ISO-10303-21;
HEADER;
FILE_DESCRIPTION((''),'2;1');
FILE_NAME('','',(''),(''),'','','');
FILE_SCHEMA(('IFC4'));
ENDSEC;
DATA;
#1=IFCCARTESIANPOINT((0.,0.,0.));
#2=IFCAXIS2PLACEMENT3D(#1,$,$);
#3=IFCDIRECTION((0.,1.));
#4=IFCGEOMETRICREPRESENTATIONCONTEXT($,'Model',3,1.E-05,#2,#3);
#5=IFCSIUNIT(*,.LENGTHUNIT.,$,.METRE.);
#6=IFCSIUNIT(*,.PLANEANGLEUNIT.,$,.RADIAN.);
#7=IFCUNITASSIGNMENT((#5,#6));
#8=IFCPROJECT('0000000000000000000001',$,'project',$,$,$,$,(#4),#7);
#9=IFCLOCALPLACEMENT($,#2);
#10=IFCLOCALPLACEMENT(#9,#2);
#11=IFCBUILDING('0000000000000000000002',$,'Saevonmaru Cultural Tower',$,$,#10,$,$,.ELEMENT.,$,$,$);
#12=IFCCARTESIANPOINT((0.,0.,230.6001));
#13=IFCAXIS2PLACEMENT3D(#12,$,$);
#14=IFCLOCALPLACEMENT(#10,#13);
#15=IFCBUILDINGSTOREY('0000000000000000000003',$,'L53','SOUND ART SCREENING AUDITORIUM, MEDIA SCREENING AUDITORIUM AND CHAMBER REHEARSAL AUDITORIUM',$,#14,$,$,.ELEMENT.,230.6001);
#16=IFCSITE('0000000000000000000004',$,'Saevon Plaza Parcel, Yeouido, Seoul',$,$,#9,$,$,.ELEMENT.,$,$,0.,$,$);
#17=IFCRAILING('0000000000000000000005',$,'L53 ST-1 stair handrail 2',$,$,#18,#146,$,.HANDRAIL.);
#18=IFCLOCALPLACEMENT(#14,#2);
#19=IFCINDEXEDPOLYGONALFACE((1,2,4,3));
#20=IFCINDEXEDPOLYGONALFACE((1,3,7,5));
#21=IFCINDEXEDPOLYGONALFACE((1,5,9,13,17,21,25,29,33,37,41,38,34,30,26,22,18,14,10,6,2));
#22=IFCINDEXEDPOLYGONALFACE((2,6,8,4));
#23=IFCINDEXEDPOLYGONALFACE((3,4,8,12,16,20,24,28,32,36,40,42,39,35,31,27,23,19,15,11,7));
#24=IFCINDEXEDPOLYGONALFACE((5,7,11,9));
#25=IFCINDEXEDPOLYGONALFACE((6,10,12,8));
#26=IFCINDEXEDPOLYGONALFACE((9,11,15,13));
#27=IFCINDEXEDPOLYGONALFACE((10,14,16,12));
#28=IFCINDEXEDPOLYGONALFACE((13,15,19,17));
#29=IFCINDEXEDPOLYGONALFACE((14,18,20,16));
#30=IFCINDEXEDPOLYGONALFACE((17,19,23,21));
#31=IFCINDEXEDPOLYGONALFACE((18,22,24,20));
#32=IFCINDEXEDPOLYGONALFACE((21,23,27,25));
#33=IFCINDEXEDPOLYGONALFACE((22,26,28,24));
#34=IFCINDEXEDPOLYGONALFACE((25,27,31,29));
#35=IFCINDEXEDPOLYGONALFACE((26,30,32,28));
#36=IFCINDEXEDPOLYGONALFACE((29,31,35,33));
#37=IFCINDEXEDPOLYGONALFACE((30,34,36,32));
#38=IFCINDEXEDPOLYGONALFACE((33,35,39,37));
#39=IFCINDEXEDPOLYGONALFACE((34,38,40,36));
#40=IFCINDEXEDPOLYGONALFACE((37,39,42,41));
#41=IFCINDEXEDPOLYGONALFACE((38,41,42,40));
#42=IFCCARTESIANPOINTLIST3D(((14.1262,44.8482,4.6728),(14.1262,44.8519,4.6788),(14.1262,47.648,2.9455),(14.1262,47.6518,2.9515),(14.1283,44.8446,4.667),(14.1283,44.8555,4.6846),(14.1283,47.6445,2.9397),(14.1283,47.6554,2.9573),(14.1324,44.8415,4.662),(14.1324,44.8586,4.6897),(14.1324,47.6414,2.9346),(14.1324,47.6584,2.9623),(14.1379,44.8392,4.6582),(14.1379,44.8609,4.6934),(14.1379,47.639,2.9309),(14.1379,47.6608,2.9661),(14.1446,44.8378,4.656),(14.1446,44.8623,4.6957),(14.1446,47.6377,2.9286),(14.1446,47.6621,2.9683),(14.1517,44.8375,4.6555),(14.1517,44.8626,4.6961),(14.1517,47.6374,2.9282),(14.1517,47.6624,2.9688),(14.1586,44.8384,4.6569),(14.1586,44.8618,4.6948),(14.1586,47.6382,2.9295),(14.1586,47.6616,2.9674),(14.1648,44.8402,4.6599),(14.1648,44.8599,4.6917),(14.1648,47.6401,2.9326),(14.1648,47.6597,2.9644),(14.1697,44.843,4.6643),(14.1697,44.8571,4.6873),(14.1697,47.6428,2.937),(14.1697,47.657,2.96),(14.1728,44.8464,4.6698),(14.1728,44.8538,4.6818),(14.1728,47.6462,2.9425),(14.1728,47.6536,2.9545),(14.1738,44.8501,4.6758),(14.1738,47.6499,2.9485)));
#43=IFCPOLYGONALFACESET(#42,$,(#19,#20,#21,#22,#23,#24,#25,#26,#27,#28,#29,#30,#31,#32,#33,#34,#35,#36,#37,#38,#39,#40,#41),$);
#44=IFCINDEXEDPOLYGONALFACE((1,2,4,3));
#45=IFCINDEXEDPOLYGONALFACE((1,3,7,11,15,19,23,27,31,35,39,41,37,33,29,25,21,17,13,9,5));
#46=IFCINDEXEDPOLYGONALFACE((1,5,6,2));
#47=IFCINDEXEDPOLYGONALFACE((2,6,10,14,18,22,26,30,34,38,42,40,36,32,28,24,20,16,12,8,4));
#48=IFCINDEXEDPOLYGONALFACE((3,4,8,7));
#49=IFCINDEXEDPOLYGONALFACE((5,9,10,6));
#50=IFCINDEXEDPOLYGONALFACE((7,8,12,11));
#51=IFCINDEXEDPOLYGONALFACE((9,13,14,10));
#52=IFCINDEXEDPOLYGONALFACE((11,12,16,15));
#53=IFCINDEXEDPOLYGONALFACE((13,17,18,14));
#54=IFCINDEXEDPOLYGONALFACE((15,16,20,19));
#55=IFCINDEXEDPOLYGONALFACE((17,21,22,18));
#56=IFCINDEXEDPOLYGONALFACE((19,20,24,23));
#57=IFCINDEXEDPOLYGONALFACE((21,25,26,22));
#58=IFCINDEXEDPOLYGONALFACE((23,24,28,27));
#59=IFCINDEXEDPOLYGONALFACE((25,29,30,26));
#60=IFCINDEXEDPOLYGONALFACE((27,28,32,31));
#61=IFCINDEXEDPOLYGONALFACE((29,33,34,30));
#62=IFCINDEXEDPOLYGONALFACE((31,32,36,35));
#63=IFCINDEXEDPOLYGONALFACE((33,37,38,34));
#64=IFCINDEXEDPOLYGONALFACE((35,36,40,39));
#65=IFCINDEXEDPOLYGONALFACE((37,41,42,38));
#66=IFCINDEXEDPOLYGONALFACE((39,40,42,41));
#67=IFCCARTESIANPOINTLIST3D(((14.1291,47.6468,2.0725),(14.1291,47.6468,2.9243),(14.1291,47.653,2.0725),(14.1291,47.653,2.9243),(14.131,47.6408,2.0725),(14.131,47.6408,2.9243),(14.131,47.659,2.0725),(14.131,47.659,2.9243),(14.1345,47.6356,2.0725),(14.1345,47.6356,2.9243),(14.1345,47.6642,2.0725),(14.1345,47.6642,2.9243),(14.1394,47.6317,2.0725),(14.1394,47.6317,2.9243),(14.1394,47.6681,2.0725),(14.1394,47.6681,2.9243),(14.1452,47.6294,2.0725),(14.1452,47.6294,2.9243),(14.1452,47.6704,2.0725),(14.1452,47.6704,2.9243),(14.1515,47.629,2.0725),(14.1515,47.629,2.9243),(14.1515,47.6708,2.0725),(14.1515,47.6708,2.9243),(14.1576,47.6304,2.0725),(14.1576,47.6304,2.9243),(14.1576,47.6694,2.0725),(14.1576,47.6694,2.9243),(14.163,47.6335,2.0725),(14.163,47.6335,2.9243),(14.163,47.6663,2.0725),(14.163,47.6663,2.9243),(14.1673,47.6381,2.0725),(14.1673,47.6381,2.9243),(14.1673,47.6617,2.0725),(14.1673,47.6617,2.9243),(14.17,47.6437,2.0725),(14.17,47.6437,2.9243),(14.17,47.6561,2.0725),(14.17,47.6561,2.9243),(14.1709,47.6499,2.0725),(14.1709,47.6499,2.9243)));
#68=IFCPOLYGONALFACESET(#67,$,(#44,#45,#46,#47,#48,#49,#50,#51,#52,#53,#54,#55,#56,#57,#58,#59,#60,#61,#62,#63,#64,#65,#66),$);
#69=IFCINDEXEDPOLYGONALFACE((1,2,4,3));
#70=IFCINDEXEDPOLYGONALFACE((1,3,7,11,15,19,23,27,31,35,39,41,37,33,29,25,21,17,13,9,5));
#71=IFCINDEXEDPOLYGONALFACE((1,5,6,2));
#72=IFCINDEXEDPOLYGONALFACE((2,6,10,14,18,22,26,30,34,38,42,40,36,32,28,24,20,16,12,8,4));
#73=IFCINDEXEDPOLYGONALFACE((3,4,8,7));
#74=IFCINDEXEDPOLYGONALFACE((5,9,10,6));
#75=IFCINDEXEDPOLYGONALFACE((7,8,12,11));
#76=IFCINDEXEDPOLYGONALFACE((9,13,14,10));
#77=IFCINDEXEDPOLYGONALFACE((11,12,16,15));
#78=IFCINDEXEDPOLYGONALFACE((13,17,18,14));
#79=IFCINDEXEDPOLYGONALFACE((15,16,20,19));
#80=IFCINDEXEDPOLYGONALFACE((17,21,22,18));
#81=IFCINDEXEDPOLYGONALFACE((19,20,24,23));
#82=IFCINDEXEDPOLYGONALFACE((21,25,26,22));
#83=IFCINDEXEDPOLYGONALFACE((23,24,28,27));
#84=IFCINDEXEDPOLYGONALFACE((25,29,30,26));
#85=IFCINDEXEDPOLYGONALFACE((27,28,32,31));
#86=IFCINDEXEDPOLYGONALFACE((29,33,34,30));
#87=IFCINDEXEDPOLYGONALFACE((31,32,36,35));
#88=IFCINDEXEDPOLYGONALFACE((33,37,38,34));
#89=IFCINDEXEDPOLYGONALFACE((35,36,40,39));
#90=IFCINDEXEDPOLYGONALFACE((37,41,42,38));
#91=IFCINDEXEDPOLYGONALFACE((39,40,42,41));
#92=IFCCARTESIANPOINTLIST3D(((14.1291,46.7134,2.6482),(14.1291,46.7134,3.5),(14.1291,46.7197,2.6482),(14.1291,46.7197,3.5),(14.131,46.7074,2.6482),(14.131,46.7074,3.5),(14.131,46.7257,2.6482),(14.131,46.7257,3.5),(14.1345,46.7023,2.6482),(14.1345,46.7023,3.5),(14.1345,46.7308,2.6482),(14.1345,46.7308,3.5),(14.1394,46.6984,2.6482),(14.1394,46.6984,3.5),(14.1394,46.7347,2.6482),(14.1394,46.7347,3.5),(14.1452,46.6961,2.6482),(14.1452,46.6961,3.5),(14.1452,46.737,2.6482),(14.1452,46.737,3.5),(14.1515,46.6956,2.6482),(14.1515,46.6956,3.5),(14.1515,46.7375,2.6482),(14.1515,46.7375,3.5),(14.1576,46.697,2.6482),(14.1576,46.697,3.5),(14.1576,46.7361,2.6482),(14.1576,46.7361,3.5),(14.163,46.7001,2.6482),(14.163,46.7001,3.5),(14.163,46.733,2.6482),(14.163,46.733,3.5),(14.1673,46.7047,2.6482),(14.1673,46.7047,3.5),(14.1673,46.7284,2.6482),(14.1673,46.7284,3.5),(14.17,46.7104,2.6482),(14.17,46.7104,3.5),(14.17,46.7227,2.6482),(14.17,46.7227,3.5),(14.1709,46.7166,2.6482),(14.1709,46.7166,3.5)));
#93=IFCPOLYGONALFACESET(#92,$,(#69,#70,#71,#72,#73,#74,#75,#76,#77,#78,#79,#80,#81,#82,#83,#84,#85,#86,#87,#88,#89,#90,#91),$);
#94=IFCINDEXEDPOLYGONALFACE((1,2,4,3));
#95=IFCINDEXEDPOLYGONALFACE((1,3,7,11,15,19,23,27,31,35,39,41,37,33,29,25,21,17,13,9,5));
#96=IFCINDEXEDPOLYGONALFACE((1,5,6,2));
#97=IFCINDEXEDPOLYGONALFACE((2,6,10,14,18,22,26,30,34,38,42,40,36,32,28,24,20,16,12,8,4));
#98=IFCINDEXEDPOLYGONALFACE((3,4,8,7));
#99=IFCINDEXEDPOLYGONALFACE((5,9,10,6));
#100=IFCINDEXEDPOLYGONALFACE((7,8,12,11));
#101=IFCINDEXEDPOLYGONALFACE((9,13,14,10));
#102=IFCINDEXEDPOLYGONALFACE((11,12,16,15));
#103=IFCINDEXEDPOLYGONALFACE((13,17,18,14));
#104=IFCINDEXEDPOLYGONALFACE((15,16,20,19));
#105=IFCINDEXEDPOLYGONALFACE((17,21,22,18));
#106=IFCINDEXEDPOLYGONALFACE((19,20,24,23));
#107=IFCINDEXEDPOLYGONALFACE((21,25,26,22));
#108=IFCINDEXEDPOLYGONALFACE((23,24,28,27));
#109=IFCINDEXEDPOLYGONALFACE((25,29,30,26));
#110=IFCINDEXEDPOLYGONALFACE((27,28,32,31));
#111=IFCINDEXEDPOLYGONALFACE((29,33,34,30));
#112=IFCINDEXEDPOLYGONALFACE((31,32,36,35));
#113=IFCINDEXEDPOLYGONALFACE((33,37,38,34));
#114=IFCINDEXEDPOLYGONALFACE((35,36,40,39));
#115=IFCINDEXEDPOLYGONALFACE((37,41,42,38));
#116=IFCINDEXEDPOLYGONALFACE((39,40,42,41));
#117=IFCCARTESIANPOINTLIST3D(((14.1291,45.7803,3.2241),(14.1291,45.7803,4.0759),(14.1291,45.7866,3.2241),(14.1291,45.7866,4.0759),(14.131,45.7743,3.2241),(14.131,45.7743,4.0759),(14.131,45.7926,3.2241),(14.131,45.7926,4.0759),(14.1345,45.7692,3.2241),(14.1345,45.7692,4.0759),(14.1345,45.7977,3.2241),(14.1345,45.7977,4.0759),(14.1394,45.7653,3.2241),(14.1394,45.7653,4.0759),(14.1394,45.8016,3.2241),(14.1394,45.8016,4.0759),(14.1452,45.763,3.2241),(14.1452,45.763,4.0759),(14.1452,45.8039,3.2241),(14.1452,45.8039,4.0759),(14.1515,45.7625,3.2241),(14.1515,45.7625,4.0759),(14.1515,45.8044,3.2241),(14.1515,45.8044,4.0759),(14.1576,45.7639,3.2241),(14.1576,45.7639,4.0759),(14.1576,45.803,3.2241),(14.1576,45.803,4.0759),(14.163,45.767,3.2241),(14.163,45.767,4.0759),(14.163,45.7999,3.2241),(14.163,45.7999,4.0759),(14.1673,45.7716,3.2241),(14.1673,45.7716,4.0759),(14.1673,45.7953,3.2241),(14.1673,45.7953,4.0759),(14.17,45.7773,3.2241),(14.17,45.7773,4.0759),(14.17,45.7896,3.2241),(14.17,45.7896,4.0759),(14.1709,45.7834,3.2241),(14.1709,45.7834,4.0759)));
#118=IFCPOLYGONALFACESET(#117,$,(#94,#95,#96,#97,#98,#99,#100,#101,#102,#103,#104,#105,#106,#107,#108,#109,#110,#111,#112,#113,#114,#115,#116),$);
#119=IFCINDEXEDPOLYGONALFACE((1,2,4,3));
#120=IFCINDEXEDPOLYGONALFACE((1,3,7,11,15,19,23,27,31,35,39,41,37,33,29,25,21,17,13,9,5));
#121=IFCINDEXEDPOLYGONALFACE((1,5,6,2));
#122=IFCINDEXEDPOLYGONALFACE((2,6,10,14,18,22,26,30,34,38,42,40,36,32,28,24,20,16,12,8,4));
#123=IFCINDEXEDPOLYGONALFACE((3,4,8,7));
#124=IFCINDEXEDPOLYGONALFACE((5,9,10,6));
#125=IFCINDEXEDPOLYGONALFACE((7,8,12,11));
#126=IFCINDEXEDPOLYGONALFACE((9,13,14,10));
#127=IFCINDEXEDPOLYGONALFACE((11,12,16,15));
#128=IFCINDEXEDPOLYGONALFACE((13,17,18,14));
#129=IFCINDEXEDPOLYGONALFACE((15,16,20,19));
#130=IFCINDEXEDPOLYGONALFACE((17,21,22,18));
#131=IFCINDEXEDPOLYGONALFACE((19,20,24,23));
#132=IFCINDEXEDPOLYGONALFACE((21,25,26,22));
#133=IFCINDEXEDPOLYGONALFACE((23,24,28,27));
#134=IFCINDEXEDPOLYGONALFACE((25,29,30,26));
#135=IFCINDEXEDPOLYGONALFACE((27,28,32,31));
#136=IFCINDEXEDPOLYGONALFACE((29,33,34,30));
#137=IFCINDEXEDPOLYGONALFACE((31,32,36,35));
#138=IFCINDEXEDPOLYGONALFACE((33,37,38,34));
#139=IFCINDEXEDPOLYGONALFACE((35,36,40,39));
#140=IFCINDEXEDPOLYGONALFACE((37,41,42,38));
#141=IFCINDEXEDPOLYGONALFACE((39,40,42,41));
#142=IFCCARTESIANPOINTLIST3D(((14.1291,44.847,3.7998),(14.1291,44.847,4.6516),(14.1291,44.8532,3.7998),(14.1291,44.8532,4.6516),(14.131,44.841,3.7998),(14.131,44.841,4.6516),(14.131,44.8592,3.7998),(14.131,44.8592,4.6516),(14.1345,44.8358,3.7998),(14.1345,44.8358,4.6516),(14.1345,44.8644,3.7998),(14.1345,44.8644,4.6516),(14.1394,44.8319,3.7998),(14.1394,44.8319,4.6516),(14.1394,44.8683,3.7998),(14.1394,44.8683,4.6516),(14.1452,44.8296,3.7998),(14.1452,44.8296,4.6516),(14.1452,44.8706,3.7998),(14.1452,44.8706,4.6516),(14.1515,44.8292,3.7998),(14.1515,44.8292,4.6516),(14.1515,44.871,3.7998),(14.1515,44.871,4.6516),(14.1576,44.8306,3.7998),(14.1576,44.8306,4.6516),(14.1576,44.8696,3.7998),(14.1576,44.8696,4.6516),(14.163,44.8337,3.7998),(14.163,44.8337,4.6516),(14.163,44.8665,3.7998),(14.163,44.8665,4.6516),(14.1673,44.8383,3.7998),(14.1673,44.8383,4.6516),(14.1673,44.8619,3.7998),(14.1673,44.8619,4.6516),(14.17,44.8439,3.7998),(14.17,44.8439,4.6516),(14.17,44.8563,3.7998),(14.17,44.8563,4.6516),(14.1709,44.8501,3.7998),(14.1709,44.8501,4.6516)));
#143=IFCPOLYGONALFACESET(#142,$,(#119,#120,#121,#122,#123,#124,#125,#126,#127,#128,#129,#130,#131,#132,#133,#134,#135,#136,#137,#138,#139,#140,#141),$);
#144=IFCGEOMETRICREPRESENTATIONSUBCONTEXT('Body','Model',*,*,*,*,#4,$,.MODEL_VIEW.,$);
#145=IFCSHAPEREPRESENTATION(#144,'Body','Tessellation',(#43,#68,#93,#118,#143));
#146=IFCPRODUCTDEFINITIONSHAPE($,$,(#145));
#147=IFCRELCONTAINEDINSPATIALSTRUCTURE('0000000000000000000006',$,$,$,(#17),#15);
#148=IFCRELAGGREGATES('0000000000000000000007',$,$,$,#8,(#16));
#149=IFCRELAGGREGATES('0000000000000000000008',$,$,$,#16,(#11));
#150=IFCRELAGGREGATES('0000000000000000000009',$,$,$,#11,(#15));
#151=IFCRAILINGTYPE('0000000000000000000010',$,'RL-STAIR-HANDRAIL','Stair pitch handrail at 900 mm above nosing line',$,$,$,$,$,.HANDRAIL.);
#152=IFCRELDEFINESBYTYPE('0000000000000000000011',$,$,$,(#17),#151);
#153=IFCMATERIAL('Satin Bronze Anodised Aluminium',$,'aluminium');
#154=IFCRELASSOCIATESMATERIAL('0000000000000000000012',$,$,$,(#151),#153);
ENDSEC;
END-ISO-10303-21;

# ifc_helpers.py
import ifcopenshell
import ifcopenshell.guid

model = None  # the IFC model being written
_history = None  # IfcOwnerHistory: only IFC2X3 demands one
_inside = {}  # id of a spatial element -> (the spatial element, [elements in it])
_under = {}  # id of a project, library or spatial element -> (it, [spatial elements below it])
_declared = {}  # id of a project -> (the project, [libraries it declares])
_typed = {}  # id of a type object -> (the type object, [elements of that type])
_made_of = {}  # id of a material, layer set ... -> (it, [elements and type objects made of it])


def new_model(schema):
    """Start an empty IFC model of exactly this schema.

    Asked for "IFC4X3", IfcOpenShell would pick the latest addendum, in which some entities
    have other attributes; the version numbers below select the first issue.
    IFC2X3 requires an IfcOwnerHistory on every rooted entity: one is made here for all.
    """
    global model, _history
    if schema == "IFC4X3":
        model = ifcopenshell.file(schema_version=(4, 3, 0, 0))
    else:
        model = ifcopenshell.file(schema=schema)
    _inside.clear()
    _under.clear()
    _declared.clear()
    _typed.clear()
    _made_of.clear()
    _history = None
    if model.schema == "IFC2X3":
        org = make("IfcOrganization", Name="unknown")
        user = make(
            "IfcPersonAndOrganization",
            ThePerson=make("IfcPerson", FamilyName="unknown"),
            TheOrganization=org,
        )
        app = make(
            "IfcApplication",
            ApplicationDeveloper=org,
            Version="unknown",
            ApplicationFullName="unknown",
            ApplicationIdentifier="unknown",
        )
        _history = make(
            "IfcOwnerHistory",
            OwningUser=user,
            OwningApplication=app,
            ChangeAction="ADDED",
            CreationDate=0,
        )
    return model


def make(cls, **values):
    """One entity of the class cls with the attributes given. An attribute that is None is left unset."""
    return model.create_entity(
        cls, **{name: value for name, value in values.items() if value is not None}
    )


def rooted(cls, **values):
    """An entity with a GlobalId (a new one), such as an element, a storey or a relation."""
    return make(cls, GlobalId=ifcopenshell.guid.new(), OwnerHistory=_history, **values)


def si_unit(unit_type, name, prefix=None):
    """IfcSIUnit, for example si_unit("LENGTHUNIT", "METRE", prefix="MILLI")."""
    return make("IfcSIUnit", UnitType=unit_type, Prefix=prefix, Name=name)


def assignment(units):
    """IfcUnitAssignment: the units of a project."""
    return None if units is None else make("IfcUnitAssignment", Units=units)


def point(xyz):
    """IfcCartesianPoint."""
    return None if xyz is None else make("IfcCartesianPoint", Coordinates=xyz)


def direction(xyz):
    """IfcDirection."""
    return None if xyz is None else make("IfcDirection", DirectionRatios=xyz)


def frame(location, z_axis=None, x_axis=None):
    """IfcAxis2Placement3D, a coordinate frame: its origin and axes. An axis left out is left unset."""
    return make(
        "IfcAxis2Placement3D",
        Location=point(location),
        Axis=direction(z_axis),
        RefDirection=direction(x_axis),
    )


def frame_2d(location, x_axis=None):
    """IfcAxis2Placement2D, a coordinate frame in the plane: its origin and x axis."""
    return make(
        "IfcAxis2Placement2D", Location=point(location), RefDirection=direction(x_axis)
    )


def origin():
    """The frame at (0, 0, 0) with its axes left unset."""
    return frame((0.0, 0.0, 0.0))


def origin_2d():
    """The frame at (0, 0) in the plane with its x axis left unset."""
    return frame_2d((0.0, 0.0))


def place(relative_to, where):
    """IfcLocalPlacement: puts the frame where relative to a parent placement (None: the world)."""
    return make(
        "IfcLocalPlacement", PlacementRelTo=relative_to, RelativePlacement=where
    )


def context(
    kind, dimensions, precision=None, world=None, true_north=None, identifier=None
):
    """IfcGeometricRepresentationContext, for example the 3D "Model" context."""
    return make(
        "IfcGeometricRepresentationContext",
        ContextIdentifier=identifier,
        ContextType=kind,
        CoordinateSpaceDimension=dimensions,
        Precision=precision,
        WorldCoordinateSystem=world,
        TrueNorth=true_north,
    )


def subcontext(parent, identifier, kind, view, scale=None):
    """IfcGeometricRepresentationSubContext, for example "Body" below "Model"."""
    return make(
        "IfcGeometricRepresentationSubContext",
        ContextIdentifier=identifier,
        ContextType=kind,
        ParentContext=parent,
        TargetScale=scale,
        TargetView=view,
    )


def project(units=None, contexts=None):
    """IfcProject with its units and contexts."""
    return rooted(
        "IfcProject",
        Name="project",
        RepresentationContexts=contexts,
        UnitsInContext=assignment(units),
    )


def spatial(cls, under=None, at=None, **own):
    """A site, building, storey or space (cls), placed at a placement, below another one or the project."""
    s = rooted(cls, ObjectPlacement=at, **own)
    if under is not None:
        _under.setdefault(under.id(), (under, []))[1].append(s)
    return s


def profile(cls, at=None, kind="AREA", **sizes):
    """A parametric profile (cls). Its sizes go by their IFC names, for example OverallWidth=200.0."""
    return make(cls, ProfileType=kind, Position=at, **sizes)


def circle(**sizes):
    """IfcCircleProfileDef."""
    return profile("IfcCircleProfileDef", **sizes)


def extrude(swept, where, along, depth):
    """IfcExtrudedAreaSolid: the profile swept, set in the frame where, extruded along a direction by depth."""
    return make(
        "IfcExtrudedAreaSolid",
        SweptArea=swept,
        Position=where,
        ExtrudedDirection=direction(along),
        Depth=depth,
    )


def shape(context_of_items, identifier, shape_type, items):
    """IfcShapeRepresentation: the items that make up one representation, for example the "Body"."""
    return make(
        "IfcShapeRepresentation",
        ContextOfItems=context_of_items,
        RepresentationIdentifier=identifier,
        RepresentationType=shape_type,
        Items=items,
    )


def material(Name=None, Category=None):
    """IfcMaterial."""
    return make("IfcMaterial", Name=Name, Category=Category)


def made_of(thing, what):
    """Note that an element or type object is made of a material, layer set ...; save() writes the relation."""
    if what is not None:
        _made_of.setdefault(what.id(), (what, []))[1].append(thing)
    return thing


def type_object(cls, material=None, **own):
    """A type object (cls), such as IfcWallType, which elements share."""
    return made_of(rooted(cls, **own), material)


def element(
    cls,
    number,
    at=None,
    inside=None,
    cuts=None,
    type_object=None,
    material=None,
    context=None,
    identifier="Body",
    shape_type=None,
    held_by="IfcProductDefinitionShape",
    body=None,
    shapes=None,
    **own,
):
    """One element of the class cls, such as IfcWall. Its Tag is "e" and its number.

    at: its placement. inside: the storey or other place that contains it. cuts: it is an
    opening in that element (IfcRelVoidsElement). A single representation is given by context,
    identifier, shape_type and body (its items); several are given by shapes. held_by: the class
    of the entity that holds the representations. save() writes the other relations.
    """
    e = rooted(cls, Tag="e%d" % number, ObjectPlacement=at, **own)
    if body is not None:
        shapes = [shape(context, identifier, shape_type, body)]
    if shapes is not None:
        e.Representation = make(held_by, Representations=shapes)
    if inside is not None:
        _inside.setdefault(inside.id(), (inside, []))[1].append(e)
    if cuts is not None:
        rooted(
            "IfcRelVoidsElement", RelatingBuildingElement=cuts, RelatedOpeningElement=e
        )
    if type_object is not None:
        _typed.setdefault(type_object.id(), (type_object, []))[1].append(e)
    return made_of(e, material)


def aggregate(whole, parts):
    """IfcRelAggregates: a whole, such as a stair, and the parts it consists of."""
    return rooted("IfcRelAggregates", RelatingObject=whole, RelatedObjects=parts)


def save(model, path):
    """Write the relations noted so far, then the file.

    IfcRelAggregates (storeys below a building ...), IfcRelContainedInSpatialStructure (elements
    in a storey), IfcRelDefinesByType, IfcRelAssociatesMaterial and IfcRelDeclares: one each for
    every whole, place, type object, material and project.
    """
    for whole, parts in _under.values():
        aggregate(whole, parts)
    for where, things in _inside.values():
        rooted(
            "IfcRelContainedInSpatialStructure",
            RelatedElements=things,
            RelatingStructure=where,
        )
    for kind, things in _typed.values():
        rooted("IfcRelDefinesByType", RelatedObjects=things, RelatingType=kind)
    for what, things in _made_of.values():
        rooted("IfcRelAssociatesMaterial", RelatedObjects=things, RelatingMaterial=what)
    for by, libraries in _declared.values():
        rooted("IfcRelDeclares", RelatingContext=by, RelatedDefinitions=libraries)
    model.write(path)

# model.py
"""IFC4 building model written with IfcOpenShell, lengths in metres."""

from ifc_helpers import new_model, si_unit, direction, frame, origin, origin_2d, place, context, subcontext, project, spatial, circle, extrude, material, type_object, element, save


model = new_model("IFC4")

# Units and contexts
model_context = context("Model", 3, precision=1e-05, world=origin(), true_north=direction((0.0, 1.0)))
body_context = subcontext(model_context, "Body", "Model", "MODEL_VIEW")
ifc_project = project(units=[si_unit("LENGTHUNIT", "METRE"), si_unit("PLANEANGLEUNIT", "RADIAN")], contexts=[model_context])

# Site, building, storey
site_placement = place(None, origin())
site = spatial("IfcSite", under=ifc_project, at=site_placement, Name="Saevon Plaza Parcel, Yeouido, Seoul", CompositionType="ELEMENT", RefElevation=0.0)
building_placement = place(site_placement, origin())
building = spatial("IfcBuilding", under=site, at=building_placement, Name="Saevonmaru Cultural Tower", CompositionType="ELEMENT")
storey_placement = place(building_placement, frame((0.0, 0.0, 230.6001)))
storey = spatial("IfcBuildingStorey", under=building, at=storey_placement, Name="L53", Description="SOUND ART SCREENING AUDITORIUM, MEDIA SCREENING AUDITORIUM AND CHAMBER REHEARSAL AUDITORIUM", CompositionType="ELEMENT", Elevation=230.6001)

# Shared definitions
ifc_material_1 = material(Name="Satin Bronze Anodised Aluminium", Category="aluminium")

# Railing
railing_type_1 = type_object("IfcRailingType", Name="RL-STAIR-HANDRAIL", Description="Stair pitch handrail at 900 mm above nosing line", PredefinedType="HANDRAIL", material=ifc_material_1)
railing_1_placement = place(storey_placement, frame((14.1499, 47.6499, 2.0725)))
element("IfcRailing", 1, at=railing_1_placement, inside=storey, type_object=railing_type_1, Name="L53 ST-1 stair handrail 2", PredefinedType="HANDRAIL", context=body_context, shape_type="SweptSolid", body=[
    extrude(circle(Radius=0.0239, at=origin_2d()), frame((0.0, 0.0, 0.876), z_axis=(0.0, -0.851069, 0.525054), x_axis=(1.0, 0.0, 0.0)), (0.0, 0.0, 1.0), 3.2898),
    extrude(circle(Radius=0.021, at=origin_2d()), origin(), (0.0, 0.0, 1.0), 0.8518),
    extrude(circle(Radius=0.021, at=origin_2d()), frame((0.0, -0.9333, 0.5757)), (0.0, 0.0, 1.0), 0.8518),
    extrude(circle(Radius=0.021, at=origin_2d()), frame((0.0, -1.8665, 1.1516)), (0.0, 0.0, 1.0), 0.8518),
    extrude(circle(Radius=0.021, at=origin_2d()), frame((0.0, -2.7998, 1.7273)), (0.0, 0.0, 1.0), 0.8518),
])

save(model, "model.ifc")
